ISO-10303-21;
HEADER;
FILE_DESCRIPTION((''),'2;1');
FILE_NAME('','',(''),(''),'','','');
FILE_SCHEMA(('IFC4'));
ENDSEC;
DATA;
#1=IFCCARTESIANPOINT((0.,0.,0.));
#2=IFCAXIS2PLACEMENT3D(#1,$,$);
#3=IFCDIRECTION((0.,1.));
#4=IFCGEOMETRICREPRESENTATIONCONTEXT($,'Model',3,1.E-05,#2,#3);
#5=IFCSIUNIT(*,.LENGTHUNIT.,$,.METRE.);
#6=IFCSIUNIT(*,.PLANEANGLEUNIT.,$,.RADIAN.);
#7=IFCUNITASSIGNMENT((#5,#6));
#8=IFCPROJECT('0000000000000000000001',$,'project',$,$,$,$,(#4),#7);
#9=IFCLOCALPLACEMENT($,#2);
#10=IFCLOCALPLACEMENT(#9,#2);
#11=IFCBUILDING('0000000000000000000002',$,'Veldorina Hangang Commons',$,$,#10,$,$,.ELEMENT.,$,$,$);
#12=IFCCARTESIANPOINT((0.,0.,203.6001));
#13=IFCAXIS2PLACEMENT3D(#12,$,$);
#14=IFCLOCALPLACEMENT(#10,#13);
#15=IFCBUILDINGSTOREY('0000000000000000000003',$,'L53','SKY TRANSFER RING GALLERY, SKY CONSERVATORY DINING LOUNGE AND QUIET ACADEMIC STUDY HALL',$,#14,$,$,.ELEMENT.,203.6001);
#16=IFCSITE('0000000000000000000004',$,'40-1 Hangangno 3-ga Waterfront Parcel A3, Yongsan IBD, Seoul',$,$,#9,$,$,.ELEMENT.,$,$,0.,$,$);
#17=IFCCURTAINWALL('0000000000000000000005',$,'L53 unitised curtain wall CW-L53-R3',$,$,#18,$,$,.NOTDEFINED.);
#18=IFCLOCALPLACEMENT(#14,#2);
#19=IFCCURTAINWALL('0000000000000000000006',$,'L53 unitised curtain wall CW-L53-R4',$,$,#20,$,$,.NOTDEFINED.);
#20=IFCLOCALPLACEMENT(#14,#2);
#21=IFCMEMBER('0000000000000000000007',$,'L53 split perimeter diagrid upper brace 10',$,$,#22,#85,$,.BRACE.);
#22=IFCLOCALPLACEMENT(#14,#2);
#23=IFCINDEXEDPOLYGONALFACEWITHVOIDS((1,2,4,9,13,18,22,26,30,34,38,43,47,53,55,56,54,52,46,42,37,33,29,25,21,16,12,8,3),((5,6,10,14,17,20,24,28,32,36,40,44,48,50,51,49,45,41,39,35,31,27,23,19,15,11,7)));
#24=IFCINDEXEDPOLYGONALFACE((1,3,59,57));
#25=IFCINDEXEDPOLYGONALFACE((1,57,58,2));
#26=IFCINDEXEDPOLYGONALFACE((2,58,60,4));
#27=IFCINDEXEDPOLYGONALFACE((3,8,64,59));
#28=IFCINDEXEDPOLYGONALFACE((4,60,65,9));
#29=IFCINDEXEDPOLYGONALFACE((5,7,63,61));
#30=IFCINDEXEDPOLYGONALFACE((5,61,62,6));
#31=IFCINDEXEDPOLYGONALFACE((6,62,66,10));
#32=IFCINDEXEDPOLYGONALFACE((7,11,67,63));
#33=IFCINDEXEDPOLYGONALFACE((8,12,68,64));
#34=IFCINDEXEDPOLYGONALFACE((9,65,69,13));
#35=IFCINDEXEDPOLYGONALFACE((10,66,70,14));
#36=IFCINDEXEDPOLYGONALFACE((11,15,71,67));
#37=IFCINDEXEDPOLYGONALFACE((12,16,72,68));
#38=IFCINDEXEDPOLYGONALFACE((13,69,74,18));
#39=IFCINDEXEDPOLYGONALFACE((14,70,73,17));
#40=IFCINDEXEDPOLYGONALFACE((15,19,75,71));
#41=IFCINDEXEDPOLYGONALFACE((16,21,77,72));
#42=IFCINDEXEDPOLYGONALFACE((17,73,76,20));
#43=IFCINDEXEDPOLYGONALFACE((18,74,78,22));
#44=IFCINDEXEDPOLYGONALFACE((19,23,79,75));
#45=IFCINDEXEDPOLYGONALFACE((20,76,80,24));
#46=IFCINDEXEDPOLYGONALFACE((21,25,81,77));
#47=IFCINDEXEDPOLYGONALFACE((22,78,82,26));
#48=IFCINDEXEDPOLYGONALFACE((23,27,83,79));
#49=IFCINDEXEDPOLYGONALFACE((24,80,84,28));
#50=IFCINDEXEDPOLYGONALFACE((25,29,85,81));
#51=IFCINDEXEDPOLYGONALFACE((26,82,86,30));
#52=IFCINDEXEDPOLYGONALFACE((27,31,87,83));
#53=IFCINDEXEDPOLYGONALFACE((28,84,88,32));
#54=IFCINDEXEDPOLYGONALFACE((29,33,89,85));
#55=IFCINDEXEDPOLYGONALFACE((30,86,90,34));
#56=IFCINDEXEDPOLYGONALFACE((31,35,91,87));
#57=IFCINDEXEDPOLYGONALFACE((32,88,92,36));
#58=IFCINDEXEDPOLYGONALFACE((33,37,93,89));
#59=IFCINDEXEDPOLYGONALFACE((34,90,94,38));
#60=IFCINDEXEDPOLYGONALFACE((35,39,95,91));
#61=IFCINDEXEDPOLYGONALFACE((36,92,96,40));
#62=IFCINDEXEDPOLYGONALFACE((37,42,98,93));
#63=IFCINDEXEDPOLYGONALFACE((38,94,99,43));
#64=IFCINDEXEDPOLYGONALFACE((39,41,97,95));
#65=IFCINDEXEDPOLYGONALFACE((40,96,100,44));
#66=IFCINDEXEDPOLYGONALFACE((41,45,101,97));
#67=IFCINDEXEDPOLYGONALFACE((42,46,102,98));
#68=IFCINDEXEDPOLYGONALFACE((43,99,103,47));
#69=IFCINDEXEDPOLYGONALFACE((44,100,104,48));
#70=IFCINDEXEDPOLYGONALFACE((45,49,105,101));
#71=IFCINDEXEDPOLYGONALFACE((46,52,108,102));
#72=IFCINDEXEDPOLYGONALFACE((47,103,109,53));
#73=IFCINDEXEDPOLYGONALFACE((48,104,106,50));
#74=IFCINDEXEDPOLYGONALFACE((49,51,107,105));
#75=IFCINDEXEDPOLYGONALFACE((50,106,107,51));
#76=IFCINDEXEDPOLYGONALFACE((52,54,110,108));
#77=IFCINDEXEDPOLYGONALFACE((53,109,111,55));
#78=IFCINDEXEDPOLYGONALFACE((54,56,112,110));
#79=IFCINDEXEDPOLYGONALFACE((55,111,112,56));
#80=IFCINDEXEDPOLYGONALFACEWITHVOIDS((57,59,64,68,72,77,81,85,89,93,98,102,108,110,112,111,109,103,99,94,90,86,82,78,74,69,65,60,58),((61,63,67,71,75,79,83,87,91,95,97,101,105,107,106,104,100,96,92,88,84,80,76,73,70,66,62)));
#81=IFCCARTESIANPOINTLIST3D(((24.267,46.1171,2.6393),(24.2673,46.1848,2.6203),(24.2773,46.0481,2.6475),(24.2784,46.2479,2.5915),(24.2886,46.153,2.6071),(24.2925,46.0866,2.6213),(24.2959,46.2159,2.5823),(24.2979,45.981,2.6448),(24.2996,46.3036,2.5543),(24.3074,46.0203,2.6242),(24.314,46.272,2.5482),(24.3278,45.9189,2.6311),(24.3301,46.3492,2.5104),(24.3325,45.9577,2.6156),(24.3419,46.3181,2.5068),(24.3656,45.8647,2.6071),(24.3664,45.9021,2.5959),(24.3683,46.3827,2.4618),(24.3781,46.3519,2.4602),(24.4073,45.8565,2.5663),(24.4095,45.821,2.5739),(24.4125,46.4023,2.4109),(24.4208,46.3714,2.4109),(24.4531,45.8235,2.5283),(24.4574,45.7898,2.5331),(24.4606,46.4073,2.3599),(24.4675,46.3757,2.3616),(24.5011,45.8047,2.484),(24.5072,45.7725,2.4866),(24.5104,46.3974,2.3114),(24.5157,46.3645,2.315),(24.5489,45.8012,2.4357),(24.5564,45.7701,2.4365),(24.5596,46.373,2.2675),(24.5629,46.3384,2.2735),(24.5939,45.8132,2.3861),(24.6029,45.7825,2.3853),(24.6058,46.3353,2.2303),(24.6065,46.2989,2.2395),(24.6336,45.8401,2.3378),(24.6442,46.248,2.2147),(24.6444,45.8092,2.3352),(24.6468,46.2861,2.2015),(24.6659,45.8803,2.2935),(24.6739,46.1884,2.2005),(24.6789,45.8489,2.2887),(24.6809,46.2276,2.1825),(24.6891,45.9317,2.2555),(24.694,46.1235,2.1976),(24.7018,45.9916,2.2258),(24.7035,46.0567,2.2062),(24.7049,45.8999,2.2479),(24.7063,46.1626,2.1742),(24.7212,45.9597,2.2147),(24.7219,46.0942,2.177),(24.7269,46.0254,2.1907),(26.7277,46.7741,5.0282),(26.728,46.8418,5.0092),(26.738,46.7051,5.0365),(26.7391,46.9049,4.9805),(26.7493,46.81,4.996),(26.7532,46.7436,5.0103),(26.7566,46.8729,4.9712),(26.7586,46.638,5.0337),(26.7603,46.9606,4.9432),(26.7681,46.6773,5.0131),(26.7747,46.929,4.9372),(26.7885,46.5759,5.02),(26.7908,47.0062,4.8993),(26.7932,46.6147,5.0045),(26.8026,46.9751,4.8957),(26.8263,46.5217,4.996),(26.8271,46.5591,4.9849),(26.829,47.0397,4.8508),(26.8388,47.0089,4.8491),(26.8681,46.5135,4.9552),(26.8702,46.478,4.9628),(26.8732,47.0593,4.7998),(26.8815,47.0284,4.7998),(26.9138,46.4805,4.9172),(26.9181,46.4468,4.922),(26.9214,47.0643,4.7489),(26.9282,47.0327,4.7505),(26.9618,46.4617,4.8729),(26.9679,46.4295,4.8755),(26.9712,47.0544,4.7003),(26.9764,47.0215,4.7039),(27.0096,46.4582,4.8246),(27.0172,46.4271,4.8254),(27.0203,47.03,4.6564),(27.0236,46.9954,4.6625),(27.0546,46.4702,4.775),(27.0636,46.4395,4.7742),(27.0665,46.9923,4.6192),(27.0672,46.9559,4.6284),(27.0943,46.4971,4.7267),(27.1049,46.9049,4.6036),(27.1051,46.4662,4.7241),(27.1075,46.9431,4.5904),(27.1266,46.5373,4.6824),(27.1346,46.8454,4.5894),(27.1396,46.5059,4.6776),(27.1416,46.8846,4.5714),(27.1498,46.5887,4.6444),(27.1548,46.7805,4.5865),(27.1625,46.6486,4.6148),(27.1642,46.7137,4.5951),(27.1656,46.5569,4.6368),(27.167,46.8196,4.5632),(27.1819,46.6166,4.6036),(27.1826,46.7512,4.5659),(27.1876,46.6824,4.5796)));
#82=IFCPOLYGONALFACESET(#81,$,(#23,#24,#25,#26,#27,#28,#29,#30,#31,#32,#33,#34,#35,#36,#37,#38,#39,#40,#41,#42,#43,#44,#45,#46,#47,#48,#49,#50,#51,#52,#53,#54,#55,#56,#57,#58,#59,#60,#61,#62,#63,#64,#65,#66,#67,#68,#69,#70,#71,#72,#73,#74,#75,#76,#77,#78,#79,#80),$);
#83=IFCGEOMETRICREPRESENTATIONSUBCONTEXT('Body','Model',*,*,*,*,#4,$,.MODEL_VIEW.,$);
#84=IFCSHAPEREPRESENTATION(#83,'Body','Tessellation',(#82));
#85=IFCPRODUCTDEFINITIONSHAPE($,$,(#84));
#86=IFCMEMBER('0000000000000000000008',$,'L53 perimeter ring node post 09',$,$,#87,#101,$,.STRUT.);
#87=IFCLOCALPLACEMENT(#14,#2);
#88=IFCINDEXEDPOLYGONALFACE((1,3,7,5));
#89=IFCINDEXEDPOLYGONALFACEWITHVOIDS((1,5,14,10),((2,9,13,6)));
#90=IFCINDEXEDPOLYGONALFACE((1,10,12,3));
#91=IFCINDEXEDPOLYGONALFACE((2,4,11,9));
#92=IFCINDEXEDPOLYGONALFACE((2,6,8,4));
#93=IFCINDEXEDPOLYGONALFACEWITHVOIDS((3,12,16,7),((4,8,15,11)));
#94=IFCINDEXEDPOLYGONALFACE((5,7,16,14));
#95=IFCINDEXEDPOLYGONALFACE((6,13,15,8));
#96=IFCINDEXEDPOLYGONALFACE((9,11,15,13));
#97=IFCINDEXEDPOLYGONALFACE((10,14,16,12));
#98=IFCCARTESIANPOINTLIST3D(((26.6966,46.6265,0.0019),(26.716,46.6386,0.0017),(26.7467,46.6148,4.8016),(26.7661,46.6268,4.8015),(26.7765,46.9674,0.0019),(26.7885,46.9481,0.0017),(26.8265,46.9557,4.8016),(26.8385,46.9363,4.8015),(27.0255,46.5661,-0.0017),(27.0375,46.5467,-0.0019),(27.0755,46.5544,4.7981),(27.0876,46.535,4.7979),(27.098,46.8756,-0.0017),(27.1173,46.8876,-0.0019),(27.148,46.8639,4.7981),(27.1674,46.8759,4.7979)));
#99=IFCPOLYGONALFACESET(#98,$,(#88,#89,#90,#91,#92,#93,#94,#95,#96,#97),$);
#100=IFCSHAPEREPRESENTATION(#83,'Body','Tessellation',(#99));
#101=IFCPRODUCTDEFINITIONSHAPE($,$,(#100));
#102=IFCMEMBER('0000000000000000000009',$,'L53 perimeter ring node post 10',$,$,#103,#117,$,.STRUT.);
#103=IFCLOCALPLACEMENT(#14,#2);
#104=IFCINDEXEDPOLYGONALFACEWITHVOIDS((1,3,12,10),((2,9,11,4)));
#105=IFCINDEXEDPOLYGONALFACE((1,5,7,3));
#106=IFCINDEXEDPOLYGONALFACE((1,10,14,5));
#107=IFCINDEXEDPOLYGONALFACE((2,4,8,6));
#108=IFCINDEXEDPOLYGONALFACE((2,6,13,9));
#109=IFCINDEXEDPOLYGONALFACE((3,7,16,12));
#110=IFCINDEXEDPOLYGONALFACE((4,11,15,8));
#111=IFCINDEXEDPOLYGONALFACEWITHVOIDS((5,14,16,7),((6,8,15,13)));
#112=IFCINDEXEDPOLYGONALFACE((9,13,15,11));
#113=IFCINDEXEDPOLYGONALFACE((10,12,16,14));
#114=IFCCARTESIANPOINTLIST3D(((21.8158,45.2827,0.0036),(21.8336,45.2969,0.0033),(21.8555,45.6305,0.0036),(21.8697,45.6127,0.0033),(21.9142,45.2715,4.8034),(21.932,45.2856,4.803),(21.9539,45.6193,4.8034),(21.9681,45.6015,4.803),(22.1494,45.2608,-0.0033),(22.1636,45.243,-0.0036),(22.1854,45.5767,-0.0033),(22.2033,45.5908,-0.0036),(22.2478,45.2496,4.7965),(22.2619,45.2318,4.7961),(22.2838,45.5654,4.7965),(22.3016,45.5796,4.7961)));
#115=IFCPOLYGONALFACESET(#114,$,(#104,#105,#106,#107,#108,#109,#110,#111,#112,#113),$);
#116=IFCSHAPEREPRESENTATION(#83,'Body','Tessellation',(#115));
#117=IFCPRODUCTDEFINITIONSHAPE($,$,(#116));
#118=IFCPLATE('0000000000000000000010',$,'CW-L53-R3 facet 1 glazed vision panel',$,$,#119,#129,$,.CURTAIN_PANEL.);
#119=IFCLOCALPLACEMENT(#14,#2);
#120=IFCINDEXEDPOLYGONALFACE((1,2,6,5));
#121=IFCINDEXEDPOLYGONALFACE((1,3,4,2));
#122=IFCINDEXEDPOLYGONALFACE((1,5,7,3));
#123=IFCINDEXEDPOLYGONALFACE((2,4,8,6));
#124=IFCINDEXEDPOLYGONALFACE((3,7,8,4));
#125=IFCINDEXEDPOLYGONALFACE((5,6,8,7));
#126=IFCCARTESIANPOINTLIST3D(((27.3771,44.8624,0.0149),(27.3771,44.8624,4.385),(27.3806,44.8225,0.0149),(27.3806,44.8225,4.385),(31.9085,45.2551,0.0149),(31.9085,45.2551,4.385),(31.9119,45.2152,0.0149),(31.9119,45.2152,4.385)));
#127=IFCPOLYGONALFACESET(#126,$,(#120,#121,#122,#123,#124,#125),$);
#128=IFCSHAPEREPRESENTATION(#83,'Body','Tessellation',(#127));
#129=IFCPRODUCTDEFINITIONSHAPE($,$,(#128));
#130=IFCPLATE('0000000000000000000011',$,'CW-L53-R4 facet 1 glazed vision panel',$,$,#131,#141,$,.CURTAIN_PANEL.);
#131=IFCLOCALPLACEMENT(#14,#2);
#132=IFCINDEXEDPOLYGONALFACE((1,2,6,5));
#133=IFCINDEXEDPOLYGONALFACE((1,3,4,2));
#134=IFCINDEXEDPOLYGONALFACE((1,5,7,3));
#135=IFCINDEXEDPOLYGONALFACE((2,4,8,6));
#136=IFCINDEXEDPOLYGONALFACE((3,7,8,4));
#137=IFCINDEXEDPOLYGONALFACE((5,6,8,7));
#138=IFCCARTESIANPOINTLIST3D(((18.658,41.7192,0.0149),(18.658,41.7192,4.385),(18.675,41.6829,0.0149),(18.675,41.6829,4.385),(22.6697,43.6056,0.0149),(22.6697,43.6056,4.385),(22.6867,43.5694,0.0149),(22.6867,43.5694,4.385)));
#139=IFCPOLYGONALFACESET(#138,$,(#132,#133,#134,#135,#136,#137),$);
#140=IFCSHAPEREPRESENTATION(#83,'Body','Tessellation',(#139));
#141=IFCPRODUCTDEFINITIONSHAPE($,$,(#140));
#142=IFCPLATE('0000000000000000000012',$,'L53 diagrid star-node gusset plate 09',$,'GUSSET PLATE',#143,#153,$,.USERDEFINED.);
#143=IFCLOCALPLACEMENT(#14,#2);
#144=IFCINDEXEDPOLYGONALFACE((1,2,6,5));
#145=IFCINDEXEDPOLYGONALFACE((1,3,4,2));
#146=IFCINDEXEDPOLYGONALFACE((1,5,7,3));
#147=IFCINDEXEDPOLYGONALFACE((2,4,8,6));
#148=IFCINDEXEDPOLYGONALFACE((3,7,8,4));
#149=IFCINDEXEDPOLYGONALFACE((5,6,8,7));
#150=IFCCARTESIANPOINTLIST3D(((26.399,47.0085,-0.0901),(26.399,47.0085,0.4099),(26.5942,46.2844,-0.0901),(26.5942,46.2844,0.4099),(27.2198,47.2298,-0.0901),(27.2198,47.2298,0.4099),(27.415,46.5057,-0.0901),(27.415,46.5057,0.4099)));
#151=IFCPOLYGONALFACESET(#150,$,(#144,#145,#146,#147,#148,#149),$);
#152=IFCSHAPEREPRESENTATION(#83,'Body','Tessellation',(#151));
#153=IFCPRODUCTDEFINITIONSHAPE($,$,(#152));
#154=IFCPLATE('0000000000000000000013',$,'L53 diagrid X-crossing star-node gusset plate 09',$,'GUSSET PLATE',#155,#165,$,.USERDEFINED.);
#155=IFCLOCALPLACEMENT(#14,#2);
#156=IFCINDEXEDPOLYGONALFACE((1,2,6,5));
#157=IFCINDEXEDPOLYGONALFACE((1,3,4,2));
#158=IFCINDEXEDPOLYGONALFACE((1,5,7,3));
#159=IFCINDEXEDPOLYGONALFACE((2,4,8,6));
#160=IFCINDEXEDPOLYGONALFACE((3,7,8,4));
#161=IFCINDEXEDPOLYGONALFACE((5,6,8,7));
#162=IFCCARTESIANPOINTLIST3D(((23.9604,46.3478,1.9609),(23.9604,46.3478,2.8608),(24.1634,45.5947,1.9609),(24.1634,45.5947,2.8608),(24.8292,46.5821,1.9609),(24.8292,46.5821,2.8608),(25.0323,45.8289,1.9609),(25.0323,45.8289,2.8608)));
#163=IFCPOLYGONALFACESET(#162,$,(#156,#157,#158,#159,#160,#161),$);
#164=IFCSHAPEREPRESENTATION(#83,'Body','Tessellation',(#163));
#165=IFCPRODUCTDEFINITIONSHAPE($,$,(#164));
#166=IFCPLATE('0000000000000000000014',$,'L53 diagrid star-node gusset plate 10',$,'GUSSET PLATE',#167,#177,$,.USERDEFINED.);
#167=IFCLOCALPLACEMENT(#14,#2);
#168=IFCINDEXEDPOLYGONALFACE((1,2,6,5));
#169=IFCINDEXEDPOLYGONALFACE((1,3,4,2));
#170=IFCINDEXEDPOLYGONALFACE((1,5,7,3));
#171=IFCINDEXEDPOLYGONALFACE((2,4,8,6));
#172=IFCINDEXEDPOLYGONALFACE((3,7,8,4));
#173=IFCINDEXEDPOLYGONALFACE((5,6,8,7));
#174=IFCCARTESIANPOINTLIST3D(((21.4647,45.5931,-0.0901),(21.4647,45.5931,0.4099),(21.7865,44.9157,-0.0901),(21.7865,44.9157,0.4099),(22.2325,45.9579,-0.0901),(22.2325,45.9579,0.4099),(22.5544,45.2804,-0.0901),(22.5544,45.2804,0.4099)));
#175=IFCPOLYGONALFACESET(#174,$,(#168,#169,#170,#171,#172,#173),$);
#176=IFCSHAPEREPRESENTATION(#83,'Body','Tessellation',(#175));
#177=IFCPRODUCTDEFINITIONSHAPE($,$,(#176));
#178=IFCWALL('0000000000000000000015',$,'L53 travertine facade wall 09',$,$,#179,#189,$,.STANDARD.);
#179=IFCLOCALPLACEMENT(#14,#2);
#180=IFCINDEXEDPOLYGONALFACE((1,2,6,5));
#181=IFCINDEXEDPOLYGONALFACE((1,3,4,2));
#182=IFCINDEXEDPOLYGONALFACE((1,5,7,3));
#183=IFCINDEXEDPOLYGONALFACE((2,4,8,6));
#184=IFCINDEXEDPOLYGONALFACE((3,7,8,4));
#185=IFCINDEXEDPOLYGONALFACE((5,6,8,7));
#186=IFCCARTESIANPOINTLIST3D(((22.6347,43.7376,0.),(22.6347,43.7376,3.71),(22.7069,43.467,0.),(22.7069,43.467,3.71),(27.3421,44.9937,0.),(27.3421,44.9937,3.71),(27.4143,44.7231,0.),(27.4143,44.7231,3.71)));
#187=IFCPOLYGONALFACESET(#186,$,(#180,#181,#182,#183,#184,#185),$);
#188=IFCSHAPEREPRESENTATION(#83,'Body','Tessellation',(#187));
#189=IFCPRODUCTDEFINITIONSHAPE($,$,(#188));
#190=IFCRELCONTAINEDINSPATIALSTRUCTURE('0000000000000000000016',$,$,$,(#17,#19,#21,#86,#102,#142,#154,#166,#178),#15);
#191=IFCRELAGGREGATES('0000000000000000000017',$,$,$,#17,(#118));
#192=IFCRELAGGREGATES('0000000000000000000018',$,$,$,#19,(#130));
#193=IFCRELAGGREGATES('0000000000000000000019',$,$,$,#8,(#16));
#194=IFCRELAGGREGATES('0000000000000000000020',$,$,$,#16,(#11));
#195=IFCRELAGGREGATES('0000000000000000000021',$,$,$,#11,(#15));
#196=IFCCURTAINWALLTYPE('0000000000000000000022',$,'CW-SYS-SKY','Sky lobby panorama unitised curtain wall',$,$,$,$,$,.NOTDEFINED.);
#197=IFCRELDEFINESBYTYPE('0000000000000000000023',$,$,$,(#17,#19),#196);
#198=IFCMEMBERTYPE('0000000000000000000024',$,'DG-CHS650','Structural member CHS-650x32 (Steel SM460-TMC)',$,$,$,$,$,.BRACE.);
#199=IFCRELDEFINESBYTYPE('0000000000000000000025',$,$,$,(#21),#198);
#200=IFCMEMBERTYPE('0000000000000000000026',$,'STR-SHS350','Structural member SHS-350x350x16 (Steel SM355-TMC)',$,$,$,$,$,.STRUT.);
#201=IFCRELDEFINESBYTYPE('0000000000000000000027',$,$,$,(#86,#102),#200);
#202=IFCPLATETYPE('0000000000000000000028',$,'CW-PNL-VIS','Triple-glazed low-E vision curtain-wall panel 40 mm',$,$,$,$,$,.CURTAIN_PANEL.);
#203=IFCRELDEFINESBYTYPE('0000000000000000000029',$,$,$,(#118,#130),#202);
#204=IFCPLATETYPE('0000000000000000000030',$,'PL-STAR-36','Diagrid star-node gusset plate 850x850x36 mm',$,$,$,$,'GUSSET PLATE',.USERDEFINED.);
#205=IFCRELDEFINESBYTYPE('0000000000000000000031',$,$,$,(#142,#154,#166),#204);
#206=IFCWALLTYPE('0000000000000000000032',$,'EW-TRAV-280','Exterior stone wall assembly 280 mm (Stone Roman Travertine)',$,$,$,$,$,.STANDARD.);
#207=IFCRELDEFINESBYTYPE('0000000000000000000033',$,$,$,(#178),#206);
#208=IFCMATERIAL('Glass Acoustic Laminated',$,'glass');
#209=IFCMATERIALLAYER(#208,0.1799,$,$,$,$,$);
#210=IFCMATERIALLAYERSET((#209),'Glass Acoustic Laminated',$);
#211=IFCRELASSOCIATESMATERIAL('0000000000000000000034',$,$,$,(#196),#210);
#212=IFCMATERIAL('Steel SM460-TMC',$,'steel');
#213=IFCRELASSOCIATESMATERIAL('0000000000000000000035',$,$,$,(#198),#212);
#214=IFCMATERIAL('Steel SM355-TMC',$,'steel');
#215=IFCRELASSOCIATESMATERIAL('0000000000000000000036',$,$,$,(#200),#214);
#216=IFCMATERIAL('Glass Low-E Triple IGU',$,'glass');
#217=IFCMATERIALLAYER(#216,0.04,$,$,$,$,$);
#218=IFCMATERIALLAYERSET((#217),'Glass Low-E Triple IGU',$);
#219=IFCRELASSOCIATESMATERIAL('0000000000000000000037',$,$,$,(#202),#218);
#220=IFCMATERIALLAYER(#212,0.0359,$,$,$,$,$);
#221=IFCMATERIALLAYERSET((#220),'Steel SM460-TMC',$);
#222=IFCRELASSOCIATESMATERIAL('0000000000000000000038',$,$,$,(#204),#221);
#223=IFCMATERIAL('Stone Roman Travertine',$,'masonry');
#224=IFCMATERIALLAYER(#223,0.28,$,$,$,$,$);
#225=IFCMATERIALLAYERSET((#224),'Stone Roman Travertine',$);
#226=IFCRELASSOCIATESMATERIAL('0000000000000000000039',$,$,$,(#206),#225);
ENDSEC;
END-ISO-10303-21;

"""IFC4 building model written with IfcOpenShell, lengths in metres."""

from ifc_helpers import new_model, si_unit, direction, frame, frame_2d, origin, origin_2d, place, context, subcontext, project, spatial, rectangle, hollow_rectangle, hollow_circle, extrude, material, layer, layer_set, material_profile, profile_set, type_object, element, aggregate, save


model = new_model("IFC4")

# Units and contexts
model_context = context("Model", 3, precision=1e-05, world=origin(), true_north=direction((0.0, 1.0)))
body_context = subcontext(model_context, "Body", "Model", "MODEL_VIEW")
ifc_project = project(units=[si_unit("LENGTHUNIT", "METRE"), si_unit("PLANEANGLEUNIT", "RADIAN")], contexts=[model_context])

# Site, building, storey
site_placement = place(None, origin())
site = spatial("IfcSite", under=ifc_project, at=site_placement, Name="40-1 Hangangno 3-ga Waterfront Parcel A3, Yongsan IBD, Seoul", CompositionType="ELEMENT", RefElevation=0.0)
building_placement = place(site_placement, origin())
building = spatial("IfcBuilding", under=site, at=building_placement, Name="Veldorina Hangang Commons", CompositionType="ELEMENT")
storey_placement = place(building_placement, frame((0.0, 0.0, 203.6001)))
storey = spatial("IfcBuildingStorey", under=building, at=storey_placement, Name="L53", Description="SKY TRANSFER RING GALLERY, SKY CONSERVATORY DINING LOUNGE AND QUIET ACADEMIC STUDY HALL", CompositionType="ELEMENT", Elevation=203.6001)

# Shared definitions
ifc_material_1 = material(Name="Steel SM460-TMC", Category="steel")

# Curtain wall
ifc_material_2 = material(Name="Glass Acoustic Laminated", Category="glass")
ifc_layer_1 = layer(ifc_material_2, 0.1799)
ifc_layer_set_1 = layer_set([ifc_layer_1], Name="Glass Acoustic Laminated")
curtain_wall_type = type_object("IfcCurtainWallType", Name="CW-SYS-SKY", Description="Sky lobby panorama unitised curtain wall", PredefinedType="NOTDEFINED", material=ifc_layer_set_1)
curtain_wall_1_placement = place(storey_placement, origin())
curtain_wall_1 = element("IfcCurtainWall", 1, at=curtain_wall_1_placement, inside=storey, type_object=curtain_wall_type, Name="L53 unitised curtain wall CW-L53-R3", PredefinedType="NOTDEFINED")

# Curtain wall
curtain_wall_2_placement = place(storey_placement, origin())
curtain_wall_2 = element("IfcCurtainWall", 2, at=curtain_wall_2_placement, inside=storey, type_object=curtain_wall_type, Name="L53 unitised curtain wall CW-L53-R4", PredefinedType="NOTDEFINED")

# Members
ifc_material_profile_1 = material_profile(ifc_material_1, hollow_circle(Radius=0.325, WallThickness=0.032, at=origin_2d()), Name="CHS-650x32")
ifc_profile_set_1 = profile_set([ifc_material_profile_1], Name="Steel SM460-TMC")
member_type_1 = type_object("IfcMemberType", Name="DG-CHS650", Description="Structural member CHS-650x32 (Steel SM460-TMC)", PredefinedType="BRACE", material=ifc_profile_set_1)
member_1_placement = place(storey_placement, frame((24.4963, 46.0884, 2.4109), z_axis=(0.704681, 0.188143, 0.684125), x_axis=(-0.257955, 0.966157, 0.0)))
element("IfcMember", 3, at=member_1_placement, inside=storey, type_object=member_type_1, Name="L53 split perimeter diagrid upper brace 10", PredefinedType="BRACE", context=body_context, shape_type="SweptSolid", body=[
    extrude(hollow_circle(Radius=0.325, WallThickness=0.032, at=origin_2d()), origin(), (0.0, 0.0, 1.0), 3.4919),
])
ifc_material_3 = material(Name="Steel SM355-TMC", Category="steel")
ifc_material_profile_2 = material_profile(ifc_material_3, hollow_rectangle(XDim=0.3501, YDim=0.3501, WallThickness=0.0161, at=origin_2d()), Name="SHS-350x350x16")
ifc_profile_set_2 = profile_set([ifc_material_profile_2], Name="Steel SM355-TMC")
member_type_2 = type_object("IfcMemberType", Name="STR-SHS350", Description="Structural member SHS-350x350x16 (Steel SM355-TMC)", PredefinedType="STRUT", material=ifc_profile_set_2)
member_2_placement = place(storey_placement, frame((26.907, 46.7571, 0.0), z_axis=(0.010427, -0.002441, 0.999943), x_axis=(0.22798, 0.973666, 0.0)))
element("IfcMember", 4, at=member_2_placement, inside=storey, type_object=member_type_2, Name="L53 perimeter ring node post 09", PredefinedType="STRUT", context=body_context, shape_type="SweptSolid", body=[
    extrude(hollow_rectangle(XDim=0.3501, YDim=0.3501, WallThickness=0.0161, at=origin_2d()), origin(), (0.0, 0.0, 1.0), 4.8),
])
member_3_placement = place(storey_placement, frame((22.0095, 45.4368, 0.0), z_axis=(0.020494, -0.002339, 0.999787), x_axis=(0.113408, 0.993549, 0.0)))
element("IfcMember", 5, at=member_3_placement, inside=storey, type_object=member_type_2, Name="L53 perimeter ring node post 10", PredefinedType="STRUT", context=body_context, shape_type="SweptSolid", body=[
    extrude(hollow_rectangle(XDim=0.3501, YDim=0.3501, WallThickness=0.0161, at=origin_2d()), origin(), (0.0, 0.0, 1.0), 4.8008),
])

# Plates
ifc_material_4 = material(Name="Glass Low-E Triple IGU", Category="glass")
ifc_layer_2 = layer(ifc_material_4, 0.04)
ifc_layer_set_2 = layer_set([ifc_layer_2], Name="Glass Low-E Triple IGU")
plate_type_1 = type_object("IfcPlateType", Name="CW-PNL-VIS", Description="Triple-glazed low-E vision curtain-wall panel 40 mm", PredefinedType="CURTAIN_PANEL", material=ifc_layer_set_2)
plate_1_placement = place(storey_placement, frame((29.6445, 45.0388, 0.0149), z_axis=(0.0, 0.0, 1.0), x_axis=(-0.996266, -0.086339, 0.0)))
plate_1 = element("IfcPlate", 6, at=plate_1_placement, type_object=plate_type_1, Name="CW-L53-R3 facet 1 glazed vision panel", PredefinedType="CURTAIN_PANEL", context=body_context, shape_type="SweptSolid", body=[
    extrude(rectangle(XDim=4.5483, YDim=0.04, at=origin_2d()), origin(), (0.0, 0.0, 1.0), 4.3701),
])
aggregate(curtain_wall_1, [plate_1])
plate_2_placement = place(storey_placement, frame((20.6724, 42.6443, 0.0149), z_axis=(0.0, 0.0, 1.0), x_axis=(-0.904938, -0.425542, 0.0)))
plate_2 = element("IfcPlate", 7, at=plate_2_placement, type_object=plate_type_1, Name="CW-L53-R4 facet 1 glazed vision panel", PredefinedType="CURTAIN_PANEL", context=body_context, shape_type="SweptSolid", body=[
    extrude(rectangle(XDim=4.4331, YDim=0.04, at=origin_2d()), origin(), (0.0, 0.0, 1.0), 4.3701),
])
aggregate(curtain_wall_2, [plate_2])

# Plates
ifc_layer_3 = layer(ifc_material_1, 0.0359)
ifc_layer_set_3 = layer_set([ifc_layer_3], Name="Steel SM460-TMC")
plate_type_2 = type_object("IfcPlateType", Name="PL-STAR-36", Description="Diagrid star-node gusset plate 850x850x36 mm", ElementType="GUSSET PLATE", PredefinedType="USERDEFINED", material=ifc_layer_set_3)
plate_3_placement = place(storey_placement, frame((26.907, 46.7571, -0.0901), z_axis=(0.0, 0.0, 1.0), x_axis=(-0.965523, -0.260319, 0.0)))
element("IfcPlate", 8, at=plate_3_placement, inside=storey, type_object=plate_type_2, Name="L53 diagrid star-node gusset plate 09", ObjectType="GUSSET PLATE", PredefinedType="USERDEFINED", context=body_context, shape_type="SweptSolid", body=[
    extrude(rectangle(XDim=0.8501, YDim=0.75, at=origin_2d()), origin(), (0.0, 0.0, 1.0), 0.5),
])
plate_4_placement = place(storey_placement, frame((24.4963, 46.0884, 1.9609), z_axis=(0.0, 0.0, 1.0), x_axis=(-0.965523, -0.260319, 0.0)))
element("IfcPlate", 9, at=plate_4_placement, inside=storey, type_object=plate_type_2, Name="L53 diagrid X-crossing star-node gusset plate 09", ObjectType="GUSSET PLATE", PredefinedType="USERDEFINED", context=body_context, shape_type="SweptSolid", body=[
    extrude(rectangle(XDim=0.8999, YDim=0.78, at=origin_2d()), origin(), (0.0, 0.0, 1.0), 0.8999),
])
plate_5_placement = place(storey_placement, frame((22.0095, 45.4368, -0.0901), z_axis=(0.0, 0.0, 1.0), x_axis=(-0.903253, -0.429109, 0.0)))
element("IfcPlate", 10, at=plate_5_placement, inside=storey, type_object=plate_type_2, Name="L53 diagrid star-node gusset plate 10", ObjectType="GUSSET PLATE", PredefinedType="USERDEFINED", context=body_context, shape_type="SweptSolid", body=[
    extrude(rectangle(XDim=0.8501, YDim=0.75, at=origin_2d()), origin(), (0.0, 0.0, 1.0), 0.5),
])

# Wall
ifc_material_5 = material(Name="Stone Roman Travertine", Category="masonry")
ifc_layer_4 = layer(ifc_material_5, 0.28)
ifc_layer_set_4 = layer_set([ifc_layer_4], Name="Stone Roman Travertine")
wall_type_1 = type_object("IfcWallType", Name="EW-TRAV-280", Description="Exterior stone wall assembly 280 mm (Stone Roman Travertine)", PredefinedType="STANDARD", material=ifc_layer_set_4)
wall_1_placement = place(storey_placement, frame((27.3782, 44.8584, 0.0), z_axis=(0.0, 0.0, 1.0), x_axis=(-0.966193, -0.257822, 0.0)))
element("IfcWall", 11, at=wall_1_placement, inside=storey, type_object=wall_type_1, Name="L53 travertine facade wall 09", PredefinedType="STANDARD", context=body_context, shape_type="SweptSolid", body=[
    extrude(rectangle(XDim=4.8721, YDim=0.28, at=frame_2d((2.436, 0.0))), origin(), (0.0, 0.0, 1.0), 3.71),
])

save(model, "model.ifc")
